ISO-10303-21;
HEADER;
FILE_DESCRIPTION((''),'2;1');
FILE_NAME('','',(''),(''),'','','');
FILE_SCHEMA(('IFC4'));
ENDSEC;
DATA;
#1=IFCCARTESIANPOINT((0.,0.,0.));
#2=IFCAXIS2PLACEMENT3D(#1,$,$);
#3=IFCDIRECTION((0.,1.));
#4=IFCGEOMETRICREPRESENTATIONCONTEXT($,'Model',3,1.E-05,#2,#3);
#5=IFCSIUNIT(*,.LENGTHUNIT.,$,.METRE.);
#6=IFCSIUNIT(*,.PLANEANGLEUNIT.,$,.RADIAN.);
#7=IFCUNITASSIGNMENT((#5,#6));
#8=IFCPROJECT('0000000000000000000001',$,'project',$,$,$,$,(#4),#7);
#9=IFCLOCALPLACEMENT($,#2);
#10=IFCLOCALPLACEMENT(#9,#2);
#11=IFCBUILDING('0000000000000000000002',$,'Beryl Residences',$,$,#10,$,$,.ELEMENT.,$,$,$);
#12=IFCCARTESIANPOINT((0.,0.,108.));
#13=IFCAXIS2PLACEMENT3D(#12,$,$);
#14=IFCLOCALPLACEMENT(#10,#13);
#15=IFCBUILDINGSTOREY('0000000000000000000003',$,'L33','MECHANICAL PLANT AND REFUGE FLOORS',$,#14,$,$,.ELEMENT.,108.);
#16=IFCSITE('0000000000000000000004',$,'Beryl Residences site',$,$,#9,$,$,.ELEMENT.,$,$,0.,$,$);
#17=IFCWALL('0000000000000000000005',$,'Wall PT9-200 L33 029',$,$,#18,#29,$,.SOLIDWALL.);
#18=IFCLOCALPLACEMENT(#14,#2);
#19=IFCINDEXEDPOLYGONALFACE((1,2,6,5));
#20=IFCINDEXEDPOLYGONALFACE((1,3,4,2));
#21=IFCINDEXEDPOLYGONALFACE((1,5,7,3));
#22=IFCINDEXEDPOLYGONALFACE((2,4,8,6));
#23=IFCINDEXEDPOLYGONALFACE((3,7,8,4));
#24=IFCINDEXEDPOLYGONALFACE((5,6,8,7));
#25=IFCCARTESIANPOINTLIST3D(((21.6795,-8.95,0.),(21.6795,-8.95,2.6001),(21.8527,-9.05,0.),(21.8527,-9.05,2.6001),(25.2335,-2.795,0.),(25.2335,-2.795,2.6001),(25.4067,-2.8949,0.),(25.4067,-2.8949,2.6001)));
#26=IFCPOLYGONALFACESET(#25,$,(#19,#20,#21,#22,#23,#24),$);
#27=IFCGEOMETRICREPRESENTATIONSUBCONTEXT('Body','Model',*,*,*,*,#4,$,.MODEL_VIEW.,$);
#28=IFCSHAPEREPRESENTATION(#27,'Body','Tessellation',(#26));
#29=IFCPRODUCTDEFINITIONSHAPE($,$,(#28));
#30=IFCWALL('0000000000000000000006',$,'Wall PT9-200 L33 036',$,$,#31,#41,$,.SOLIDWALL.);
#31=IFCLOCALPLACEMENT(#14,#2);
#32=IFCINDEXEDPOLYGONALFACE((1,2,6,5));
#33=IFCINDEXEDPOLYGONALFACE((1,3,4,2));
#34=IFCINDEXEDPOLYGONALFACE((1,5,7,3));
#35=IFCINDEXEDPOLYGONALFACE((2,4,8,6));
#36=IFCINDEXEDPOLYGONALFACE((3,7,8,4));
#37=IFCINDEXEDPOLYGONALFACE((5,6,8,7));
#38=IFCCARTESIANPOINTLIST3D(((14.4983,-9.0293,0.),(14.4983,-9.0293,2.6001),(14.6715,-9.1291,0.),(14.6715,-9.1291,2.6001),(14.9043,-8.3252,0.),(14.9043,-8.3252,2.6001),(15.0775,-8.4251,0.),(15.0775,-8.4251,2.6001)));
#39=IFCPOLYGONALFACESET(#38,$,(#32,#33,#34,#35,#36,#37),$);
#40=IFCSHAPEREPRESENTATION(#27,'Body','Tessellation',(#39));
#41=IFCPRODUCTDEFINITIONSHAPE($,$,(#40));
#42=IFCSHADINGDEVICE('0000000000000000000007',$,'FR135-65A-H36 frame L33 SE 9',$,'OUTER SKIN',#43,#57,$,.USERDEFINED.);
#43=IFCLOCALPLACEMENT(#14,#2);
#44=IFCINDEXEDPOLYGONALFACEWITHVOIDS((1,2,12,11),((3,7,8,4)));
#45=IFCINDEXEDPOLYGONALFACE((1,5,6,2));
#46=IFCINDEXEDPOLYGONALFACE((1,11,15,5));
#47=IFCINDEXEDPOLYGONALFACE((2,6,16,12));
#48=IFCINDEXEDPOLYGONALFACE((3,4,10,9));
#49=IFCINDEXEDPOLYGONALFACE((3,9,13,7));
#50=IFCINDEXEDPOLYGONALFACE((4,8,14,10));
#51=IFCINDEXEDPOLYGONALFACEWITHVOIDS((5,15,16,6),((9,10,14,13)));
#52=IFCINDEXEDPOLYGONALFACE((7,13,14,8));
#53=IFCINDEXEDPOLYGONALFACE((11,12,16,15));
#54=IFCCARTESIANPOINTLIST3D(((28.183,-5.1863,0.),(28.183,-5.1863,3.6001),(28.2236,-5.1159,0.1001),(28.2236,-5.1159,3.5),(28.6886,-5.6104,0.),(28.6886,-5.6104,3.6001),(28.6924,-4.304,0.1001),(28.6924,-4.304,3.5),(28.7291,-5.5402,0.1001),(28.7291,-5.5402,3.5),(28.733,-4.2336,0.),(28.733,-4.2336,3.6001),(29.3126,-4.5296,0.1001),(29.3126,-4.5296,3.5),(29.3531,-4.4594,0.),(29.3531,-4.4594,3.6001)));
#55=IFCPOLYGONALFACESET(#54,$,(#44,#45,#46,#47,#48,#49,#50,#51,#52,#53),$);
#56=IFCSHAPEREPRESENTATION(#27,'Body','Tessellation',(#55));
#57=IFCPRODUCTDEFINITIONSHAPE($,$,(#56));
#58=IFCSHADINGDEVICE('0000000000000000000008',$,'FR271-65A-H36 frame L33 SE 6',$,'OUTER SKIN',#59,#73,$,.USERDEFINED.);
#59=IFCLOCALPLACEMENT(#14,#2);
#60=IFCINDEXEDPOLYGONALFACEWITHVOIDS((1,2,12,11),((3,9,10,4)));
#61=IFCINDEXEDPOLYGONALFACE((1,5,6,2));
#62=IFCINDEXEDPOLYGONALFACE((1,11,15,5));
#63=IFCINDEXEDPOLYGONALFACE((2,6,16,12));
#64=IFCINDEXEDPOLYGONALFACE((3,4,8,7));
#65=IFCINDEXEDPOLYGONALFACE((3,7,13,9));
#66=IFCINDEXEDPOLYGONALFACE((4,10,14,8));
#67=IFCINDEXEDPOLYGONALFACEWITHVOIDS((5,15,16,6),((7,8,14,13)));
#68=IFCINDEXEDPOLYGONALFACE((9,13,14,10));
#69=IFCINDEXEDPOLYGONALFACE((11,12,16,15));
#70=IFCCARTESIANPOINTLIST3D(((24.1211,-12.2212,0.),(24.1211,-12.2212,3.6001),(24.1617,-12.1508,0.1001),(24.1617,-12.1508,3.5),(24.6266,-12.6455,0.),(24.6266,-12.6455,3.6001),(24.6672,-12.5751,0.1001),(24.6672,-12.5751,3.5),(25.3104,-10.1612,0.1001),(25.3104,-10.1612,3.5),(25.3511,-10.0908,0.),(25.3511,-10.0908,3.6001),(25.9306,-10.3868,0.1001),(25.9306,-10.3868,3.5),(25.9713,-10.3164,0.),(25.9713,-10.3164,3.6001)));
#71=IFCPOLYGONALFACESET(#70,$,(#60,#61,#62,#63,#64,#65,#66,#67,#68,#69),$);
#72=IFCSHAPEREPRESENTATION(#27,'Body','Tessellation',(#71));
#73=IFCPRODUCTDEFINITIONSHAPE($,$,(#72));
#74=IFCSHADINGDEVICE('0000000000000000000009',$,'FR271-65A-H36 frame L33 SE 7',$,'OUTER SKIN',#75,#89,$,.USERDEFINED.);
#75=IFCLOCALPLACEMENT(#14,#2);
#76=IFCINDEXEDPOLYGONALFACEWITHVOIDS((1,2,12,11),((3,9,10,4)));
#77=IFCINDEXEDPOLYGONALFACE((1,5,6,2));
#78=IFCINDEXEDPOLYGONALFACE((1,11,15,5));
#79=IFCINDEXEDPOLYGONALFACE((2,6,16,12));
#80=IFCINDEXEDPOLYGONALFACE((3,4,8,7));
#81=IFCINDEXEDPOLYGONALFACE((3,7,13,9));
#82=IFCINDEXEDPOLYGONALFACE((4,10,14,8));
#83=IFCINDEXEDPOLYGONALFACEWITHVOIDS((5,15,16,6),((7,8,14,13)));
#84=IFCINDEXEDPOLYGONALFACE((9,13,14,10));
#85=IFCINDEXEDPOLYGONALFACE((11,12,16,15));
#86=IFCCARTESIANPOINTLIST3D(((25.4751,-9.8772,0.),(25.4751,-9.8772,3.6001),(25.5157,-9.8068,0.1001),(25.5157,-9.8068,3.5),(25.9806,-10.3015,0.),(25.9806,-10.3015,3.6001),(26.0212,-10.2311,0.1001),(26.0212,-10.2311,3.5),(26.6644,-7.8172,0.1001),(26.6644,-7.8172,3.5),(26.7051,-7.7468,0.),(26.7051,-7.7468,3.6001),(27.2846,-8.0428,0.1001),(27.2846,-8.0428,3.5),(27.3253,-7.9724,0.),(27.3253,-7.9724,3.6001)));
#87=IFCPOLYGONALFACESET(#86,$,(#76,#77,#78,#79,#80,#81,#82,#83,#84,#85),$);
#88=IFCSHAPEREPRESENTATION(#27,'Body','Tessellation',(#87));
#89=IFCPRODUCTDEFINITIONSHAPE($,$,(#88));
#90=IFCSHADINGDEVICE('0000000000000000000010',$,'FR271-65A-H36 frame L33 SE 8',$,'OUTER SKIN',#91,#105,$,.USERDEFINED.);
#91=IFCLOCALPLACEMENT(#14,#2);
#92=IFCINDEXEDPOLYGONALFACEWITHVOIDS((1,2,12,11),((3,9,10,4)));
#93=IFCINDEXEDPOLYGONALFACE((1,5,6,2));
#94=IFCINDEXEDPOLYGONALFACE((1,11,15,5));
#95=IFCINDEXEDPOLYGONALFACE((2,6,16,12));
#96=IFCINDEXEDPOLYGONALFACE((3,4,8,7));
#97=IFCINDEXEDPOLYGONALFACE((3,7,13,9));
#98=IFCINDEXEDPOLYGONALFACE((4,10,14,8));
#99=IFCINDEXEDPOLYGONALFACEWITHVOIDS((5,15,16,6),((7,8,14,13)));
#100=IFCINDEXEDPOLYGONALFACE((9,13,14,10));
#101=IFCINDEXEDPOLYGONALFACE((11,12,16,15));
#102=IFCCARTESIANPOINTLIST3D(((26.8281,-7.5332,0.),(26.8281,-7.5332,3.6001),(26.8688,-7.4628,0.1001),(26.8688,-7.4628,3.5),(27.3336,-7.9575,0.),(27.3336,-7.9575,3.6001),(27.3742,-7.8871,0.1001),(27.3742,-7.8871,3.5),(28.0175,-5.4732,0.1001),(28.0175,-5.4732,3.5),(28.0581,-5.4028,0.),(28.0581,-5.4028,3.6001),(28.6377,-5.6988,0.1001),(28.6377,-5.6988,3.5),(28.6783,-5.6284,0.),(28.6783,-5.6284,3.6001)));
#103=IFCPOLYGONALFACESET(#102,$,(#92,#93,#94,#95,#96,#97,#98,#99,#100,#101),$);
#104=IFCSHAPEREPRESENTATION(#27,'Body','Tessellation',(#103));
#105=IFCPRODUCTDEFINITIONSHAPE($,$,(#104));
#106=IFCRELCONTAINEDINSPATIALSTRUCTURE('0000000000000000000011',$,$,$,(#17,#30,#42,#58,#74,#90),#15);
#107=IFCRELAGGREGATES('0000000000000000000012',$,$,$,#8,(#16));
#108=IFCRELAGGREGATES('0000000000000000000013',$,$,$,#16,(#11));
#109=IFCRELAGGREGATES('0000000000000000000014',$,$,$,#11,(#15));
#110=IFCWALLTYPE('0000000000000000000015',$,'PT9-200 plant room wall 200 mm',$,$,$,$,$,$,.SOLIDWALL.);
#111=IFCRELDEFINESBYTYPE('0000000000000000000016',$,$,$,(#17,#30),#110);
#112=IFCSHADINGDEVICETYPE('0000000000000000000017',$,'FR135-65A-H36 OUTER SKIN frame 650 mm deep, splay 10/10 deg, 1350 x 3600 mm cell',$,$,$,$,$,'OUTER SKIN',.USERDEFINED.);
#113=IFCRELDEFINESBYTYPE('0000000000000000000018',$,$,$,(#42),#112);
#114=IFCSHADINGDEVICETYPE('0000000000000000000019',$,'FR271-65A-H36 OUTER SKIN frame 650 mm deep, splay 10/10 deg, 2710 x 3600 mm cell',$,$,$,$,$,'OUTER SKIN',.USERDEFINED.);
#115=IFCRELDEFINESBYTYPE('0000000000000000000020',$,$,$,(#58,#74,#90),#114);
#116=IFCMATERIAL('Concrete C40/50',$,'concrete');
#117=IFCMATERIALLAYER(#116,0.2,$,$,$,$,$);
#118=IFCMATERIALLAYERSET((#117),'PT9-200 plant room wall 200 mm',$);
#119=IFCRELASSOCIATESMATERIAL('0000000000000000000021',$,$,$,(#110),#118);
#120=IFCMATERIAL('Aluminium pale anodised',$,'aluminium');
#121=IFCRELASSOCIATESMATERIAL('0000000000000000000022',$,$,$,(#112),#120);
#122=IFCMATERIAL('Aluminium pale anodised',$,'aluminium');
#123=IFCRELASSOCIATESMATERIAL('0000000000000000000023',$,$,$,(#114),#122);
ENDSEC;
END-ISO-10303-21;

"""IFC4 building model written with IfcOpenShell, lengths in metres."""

from ifc_helpers import new_model, entity, si_unit, direction, frame, frame_2d, origin, place, context, subcontext, project, spatial, rectangle, extrude, source, transform, mapped, material, layer, layer_set, type_object, type_shapes, element, save


model = new_model("IFC4")

# Units and contexts
model_context = context("Model", 3, precision=1e-05, world=origin(), true_north=direction((0.0, 1.0)))
body_context = subcontext(model_context, "Body", "Model", "MODEL_VIEW")
ifc_project = project(units=[si_unit("LENGTHUNIT", "METRE"), si_unit("PLANEANGLEUNIT", "RADIAN")], contexts=[model_context])

# Site, building, storey
site_placement = place(None, origin())
site = spatial("IfcSite", under=ifc_project, at=site_placement, Name="Beryl Residences site", CompositionType="ELEMENT", RefElevation=0.0)
building_placement = place(site_placement, origin())
building = spatial("IfcBuilding", under=site, at=building_placement, Name="Beryl Residences", CompositionType="ELEMENT")
storey_placement = place(building_placement, frame((0.0, 0.0, 108.0)))
storey = spatial("IfcBuildingStorey", under=building, at=storey_placement, Name="L33", Description="MECHANICAL PLANT AND REFUGE FLOORS", CompositionType="ELEMENT", Elevation=108.0)

# Shared definitions
ifc_material_1 = material(Name="Concrete C40/50", Category="concrete")
ifc_layer_1 = layer(ifc_material_1, 0.2)
ifc_layer_set_1 = layer_set([ifc_layer_1], Name="PT9-200 plant room wall 200 mm")
wall_type_1 = type_object("IfcWallType", Name="PT9-200 plant room wall 200 mm", PredefinedType="SOLIDWALL", material=ifc_layer_set_1)

# Walls
wall_1_placement = place(storey_placement, frame((21.7661, -9.0, 0.0), z_axis=(0.0, 0.0, 1.0), x_axis=(0.500037, 0.866004, 0.0)))
element("IfcWall", 1, at=wall_1_placement, inside=storey, type_object=wall_type_1, Name="Wall PT9-200 L33 029", PredefinedType="SOLIDWALL", context=body_context, shape_type="SweptSolid", body=[
    extrude(rectangle(XDim=7.1074, YDim=0.2, at=frame_2d((3.5537, 0.0))), origin(), (0.0, 0.0, 1.0), 2.6001),
])
wall_2_placement = place(storey_placement, frame((14.585, -9.0791, 0.0), z_axis=(0.0, 0.0, 1.0), x_axis=(0.499532, 0.866296, 0.0)))
element("IfcWall", 2, at=wall_2_placement, inside=storey, type_object=wall_type_1, Name="Wall PT9-200 L33 036", PredefinedType="SOLIDWALL", context=body_context, shape_type="SweptSolid", body=[
    extrude(rectangle(XDim=0.8127, YDim=0.2, at=frame_2d((0.4062, 0.0))), origin(), (0.0, 0.0, 1.0), 2.6001),
])

# Shading devices
ifc_material_2 = material(Name="Aluminium pale anodised", Category="aluminium")
shading_device_type_1 = type_object("IfcShadingDeviceType", Name="FR135-65A-H36 OUTER SKIN frame 650 mm deep, splay 10/10 deg, 1350 x 3600 mm cell", ElementType="OUTER SKIN", PredefinedType="USERDEFINED", material=ifc_material_2)
cartesian_point_1 = entity("IfcCartesianPoint", [-0.55, 0.0])
cartesian_point_2 = entity("IfcCartesianPoint", [-0.4688, 0.1001])
cartesian_point_3 = entity("IfcCartesianPoint", [-0.6646, 0.0])
cartesian_point_4 = entity("IfcCartesianPoint", [-0.5835, 0.1001])
shared_shape_1 = source(origin(), body_context, "Body", "SweptSolid", [
    entity("IfcExtrudedAreaSolidTapered", entity("IfcArbitraryProfileDefWithVoids", "AREA", None, entity("IfcPolyline", [cartesian_point_1, entity("IfcCartesianPoint", [0.55, 0.0]), entity("IfcCartesianPoint", [0.55, 3.6001]), entity("IfcCartesianPoint", [-0.55, 3.6001]), cartesian_point_1]), [entity("IfcPolyline", [cartesian_point_2, entity("IfcCartesianPoint", [0.4688, 0.1001]), entity("IfcCartesianPoint", [0.4688, 3.5]), entity("IfcCartesianPoint", [-0.4688, 3.5]), cartesian_point_2])]), entity("IfcAxis2Placement3D", entity("IfcCartesianPoint", [0.0, 0.0, 0.0]), entity("IfcDirection", [0.0, 1.0, 0.0]), entity("IfcDirection", [-1.0, 0.0, 0.0])), entity("IfcDirection", [0.0, 0.0, 1.0]), 0.6499, entity("IfcArbitraryProfileDefWithVoids", "AREA", None, entity("IfcPolyline", [cartesian_point_3, entity("IfcCartesianPoint", [0.6646, 0.0]), entity("IfcCartesianPoint", [0.6646, 3.6001]), entity("IfcCartesianPoint", [-0.6646, 3.6001]), cartesian_point_3]), [entity("IfcPolyline", [cartesian_point_4, entity("IfcCartesianPoint", [0.5835, 0.1001]), entity("IfcCartesianPoint", [0.5835, 3.5]), entity("IfcCartesianPoint", [-0.5835, 3.5]), cartesian_point_4])])),
])
type_shapes(shading_device_type_1, [shared_shape_1])
shading_device_placement = place(storey_placement, frame((28.458, -4.71, 0.0), z_axis=(0.0, 0.0, 1.0), x_axis=(-0.5, -0.866025, 0.0)))
element("IfcShadingDevice", 3, at=shading_device_placement, inside=storey, type_object=shading_device_type_1, Name="FR135-65A-H36 frame L33 SE 9", ObjectType="OUTER SKIN", PredefinedType="USERDEFINED", context=body_context, shape_type="MappedRepresentation", body=[
    mapped(shared_shape_1, transform((0.0, 0.0, 0.0))),
])
ifc_material_3 = material(Name="Aluminium pale anodised", Category="aluminium")
shading_device_type_2 = type_object("IfcShadingDeviceType", Name="FR271-65A-H36 OUTER SKIN frame 650 mm deep, splay 10/10 deg, 2710 x 3600 mm cell", ElementType="OUTER SKIN", PredefinedType="USERDEFINED", material=ifc_material_3)
cartesian_point_5 = entity("IfcCartesianPoint", [-1.23, 0.0])
cartesian_point_6 = entity("IfcCartesianPoint", [-1.1487, 0.1001])
cartesian_point_7 = entity("IfcCartesianPoint", [-1.3447, 0.0])
cartesian_point_8 = entity("IfcCartesianPoint", [-1.2634, 0.1001])
shared_shape_2 = source(origin(), body_context, "Body", "SweptSolid", [
    entity("IfcExtrudedAreaSolidTapered", entity("IfcArbitraryProfileDefWithVoids", "AREA", None, entity("IfcPolyline", [cartesian_point_5, entity("IfcCartesianPoint", [1.23, 0.0]), entity("IfcCartesianPoint", [1.23, 3.6001]), entity("IfcCartesianPoint", [-1.23, 3.6001]), cartesian_point_5]), [entity("IfcPolyline", [cartesian_point_6, entity("IfcCartesianPoint", [1.1487, 0.1001]), entity("IfcCartesianPoint", [1.1487, 3.5]), entity("IfcCartesianPoint", [-1.1487, 3.5]), cartesian_point_6])]), entity("IfcAxis2Placement3D", entity("IfcCartesianPoint", [0.0, 0.0, 0.0]), entity("IfcDirection", [0.0, 1.0, 0.0]), entity("IfcDirection", [-1.0, 0.0, 0.0])), entity("IfcDirection", [0.0, 0.0, 1.0]), 0.6499, entity("IfcArbitraryProfileDefWithVoids", "AREA", None, entity("IfcPolyline", [cartesian_point_7, entity("IfcCartesianPoint", [1.3447, 0.0]), entity("IfcCartesianPoint", [1.3447, 3.6001]), entity("IfcCartesianPoint", [-1.3447, 3.6001]), cartesian_point_7]), [entity("IfcPolyline", [cartesian_point_8, entity("IfcCartesianPoint", [1.2634, 0.1001]), entity("IfcCartesianPoint", [1.2634, 3.5]), entity("IfcCartesianPoint", [-1.2634, 3.5]), cartesian_point_8])])),
])
type_shapes(shading_device_type_2, [shared_shape_2])
for number, where, z_axis, x_axis, name in (
    (4, (24.7361, -11.156, 0.0), (0.0, 0.0, 1.0), (-0.5, -0.866025, 0.0), "FR271-65A-H36 frame L33 SE 6"),
    (5, (26.0901, -8.812, 0.0), (0.0, 0.0, 1.0), (-0.5, -0.866025, 0.0), "FR271-65A-H36 frame L33 SE 7"),
    (6, (27.4431, -6.468, 0.0), (0.0, 0.0, 1.0), (-0.5, -0.866025, 0.0), "FR271-65A-H36 frame L33 SE 8"),
):
    element("IfcShadingDevice", number, at=place(storey_placement, frame(where, z_axis=z_axis, x_axis=x_axis)), inside=storey, type_object=shading_device_type_2, Name=name, ObjectType="OUTER SKIN", PredefinedType="USERDEFINED", context=body_context, shape_type="MappedRepresentation", body=[
        mapped(shared_shape_2, transform((0.0, 0.0, 0.0))),
    ])

save(model, "model.ifc")
